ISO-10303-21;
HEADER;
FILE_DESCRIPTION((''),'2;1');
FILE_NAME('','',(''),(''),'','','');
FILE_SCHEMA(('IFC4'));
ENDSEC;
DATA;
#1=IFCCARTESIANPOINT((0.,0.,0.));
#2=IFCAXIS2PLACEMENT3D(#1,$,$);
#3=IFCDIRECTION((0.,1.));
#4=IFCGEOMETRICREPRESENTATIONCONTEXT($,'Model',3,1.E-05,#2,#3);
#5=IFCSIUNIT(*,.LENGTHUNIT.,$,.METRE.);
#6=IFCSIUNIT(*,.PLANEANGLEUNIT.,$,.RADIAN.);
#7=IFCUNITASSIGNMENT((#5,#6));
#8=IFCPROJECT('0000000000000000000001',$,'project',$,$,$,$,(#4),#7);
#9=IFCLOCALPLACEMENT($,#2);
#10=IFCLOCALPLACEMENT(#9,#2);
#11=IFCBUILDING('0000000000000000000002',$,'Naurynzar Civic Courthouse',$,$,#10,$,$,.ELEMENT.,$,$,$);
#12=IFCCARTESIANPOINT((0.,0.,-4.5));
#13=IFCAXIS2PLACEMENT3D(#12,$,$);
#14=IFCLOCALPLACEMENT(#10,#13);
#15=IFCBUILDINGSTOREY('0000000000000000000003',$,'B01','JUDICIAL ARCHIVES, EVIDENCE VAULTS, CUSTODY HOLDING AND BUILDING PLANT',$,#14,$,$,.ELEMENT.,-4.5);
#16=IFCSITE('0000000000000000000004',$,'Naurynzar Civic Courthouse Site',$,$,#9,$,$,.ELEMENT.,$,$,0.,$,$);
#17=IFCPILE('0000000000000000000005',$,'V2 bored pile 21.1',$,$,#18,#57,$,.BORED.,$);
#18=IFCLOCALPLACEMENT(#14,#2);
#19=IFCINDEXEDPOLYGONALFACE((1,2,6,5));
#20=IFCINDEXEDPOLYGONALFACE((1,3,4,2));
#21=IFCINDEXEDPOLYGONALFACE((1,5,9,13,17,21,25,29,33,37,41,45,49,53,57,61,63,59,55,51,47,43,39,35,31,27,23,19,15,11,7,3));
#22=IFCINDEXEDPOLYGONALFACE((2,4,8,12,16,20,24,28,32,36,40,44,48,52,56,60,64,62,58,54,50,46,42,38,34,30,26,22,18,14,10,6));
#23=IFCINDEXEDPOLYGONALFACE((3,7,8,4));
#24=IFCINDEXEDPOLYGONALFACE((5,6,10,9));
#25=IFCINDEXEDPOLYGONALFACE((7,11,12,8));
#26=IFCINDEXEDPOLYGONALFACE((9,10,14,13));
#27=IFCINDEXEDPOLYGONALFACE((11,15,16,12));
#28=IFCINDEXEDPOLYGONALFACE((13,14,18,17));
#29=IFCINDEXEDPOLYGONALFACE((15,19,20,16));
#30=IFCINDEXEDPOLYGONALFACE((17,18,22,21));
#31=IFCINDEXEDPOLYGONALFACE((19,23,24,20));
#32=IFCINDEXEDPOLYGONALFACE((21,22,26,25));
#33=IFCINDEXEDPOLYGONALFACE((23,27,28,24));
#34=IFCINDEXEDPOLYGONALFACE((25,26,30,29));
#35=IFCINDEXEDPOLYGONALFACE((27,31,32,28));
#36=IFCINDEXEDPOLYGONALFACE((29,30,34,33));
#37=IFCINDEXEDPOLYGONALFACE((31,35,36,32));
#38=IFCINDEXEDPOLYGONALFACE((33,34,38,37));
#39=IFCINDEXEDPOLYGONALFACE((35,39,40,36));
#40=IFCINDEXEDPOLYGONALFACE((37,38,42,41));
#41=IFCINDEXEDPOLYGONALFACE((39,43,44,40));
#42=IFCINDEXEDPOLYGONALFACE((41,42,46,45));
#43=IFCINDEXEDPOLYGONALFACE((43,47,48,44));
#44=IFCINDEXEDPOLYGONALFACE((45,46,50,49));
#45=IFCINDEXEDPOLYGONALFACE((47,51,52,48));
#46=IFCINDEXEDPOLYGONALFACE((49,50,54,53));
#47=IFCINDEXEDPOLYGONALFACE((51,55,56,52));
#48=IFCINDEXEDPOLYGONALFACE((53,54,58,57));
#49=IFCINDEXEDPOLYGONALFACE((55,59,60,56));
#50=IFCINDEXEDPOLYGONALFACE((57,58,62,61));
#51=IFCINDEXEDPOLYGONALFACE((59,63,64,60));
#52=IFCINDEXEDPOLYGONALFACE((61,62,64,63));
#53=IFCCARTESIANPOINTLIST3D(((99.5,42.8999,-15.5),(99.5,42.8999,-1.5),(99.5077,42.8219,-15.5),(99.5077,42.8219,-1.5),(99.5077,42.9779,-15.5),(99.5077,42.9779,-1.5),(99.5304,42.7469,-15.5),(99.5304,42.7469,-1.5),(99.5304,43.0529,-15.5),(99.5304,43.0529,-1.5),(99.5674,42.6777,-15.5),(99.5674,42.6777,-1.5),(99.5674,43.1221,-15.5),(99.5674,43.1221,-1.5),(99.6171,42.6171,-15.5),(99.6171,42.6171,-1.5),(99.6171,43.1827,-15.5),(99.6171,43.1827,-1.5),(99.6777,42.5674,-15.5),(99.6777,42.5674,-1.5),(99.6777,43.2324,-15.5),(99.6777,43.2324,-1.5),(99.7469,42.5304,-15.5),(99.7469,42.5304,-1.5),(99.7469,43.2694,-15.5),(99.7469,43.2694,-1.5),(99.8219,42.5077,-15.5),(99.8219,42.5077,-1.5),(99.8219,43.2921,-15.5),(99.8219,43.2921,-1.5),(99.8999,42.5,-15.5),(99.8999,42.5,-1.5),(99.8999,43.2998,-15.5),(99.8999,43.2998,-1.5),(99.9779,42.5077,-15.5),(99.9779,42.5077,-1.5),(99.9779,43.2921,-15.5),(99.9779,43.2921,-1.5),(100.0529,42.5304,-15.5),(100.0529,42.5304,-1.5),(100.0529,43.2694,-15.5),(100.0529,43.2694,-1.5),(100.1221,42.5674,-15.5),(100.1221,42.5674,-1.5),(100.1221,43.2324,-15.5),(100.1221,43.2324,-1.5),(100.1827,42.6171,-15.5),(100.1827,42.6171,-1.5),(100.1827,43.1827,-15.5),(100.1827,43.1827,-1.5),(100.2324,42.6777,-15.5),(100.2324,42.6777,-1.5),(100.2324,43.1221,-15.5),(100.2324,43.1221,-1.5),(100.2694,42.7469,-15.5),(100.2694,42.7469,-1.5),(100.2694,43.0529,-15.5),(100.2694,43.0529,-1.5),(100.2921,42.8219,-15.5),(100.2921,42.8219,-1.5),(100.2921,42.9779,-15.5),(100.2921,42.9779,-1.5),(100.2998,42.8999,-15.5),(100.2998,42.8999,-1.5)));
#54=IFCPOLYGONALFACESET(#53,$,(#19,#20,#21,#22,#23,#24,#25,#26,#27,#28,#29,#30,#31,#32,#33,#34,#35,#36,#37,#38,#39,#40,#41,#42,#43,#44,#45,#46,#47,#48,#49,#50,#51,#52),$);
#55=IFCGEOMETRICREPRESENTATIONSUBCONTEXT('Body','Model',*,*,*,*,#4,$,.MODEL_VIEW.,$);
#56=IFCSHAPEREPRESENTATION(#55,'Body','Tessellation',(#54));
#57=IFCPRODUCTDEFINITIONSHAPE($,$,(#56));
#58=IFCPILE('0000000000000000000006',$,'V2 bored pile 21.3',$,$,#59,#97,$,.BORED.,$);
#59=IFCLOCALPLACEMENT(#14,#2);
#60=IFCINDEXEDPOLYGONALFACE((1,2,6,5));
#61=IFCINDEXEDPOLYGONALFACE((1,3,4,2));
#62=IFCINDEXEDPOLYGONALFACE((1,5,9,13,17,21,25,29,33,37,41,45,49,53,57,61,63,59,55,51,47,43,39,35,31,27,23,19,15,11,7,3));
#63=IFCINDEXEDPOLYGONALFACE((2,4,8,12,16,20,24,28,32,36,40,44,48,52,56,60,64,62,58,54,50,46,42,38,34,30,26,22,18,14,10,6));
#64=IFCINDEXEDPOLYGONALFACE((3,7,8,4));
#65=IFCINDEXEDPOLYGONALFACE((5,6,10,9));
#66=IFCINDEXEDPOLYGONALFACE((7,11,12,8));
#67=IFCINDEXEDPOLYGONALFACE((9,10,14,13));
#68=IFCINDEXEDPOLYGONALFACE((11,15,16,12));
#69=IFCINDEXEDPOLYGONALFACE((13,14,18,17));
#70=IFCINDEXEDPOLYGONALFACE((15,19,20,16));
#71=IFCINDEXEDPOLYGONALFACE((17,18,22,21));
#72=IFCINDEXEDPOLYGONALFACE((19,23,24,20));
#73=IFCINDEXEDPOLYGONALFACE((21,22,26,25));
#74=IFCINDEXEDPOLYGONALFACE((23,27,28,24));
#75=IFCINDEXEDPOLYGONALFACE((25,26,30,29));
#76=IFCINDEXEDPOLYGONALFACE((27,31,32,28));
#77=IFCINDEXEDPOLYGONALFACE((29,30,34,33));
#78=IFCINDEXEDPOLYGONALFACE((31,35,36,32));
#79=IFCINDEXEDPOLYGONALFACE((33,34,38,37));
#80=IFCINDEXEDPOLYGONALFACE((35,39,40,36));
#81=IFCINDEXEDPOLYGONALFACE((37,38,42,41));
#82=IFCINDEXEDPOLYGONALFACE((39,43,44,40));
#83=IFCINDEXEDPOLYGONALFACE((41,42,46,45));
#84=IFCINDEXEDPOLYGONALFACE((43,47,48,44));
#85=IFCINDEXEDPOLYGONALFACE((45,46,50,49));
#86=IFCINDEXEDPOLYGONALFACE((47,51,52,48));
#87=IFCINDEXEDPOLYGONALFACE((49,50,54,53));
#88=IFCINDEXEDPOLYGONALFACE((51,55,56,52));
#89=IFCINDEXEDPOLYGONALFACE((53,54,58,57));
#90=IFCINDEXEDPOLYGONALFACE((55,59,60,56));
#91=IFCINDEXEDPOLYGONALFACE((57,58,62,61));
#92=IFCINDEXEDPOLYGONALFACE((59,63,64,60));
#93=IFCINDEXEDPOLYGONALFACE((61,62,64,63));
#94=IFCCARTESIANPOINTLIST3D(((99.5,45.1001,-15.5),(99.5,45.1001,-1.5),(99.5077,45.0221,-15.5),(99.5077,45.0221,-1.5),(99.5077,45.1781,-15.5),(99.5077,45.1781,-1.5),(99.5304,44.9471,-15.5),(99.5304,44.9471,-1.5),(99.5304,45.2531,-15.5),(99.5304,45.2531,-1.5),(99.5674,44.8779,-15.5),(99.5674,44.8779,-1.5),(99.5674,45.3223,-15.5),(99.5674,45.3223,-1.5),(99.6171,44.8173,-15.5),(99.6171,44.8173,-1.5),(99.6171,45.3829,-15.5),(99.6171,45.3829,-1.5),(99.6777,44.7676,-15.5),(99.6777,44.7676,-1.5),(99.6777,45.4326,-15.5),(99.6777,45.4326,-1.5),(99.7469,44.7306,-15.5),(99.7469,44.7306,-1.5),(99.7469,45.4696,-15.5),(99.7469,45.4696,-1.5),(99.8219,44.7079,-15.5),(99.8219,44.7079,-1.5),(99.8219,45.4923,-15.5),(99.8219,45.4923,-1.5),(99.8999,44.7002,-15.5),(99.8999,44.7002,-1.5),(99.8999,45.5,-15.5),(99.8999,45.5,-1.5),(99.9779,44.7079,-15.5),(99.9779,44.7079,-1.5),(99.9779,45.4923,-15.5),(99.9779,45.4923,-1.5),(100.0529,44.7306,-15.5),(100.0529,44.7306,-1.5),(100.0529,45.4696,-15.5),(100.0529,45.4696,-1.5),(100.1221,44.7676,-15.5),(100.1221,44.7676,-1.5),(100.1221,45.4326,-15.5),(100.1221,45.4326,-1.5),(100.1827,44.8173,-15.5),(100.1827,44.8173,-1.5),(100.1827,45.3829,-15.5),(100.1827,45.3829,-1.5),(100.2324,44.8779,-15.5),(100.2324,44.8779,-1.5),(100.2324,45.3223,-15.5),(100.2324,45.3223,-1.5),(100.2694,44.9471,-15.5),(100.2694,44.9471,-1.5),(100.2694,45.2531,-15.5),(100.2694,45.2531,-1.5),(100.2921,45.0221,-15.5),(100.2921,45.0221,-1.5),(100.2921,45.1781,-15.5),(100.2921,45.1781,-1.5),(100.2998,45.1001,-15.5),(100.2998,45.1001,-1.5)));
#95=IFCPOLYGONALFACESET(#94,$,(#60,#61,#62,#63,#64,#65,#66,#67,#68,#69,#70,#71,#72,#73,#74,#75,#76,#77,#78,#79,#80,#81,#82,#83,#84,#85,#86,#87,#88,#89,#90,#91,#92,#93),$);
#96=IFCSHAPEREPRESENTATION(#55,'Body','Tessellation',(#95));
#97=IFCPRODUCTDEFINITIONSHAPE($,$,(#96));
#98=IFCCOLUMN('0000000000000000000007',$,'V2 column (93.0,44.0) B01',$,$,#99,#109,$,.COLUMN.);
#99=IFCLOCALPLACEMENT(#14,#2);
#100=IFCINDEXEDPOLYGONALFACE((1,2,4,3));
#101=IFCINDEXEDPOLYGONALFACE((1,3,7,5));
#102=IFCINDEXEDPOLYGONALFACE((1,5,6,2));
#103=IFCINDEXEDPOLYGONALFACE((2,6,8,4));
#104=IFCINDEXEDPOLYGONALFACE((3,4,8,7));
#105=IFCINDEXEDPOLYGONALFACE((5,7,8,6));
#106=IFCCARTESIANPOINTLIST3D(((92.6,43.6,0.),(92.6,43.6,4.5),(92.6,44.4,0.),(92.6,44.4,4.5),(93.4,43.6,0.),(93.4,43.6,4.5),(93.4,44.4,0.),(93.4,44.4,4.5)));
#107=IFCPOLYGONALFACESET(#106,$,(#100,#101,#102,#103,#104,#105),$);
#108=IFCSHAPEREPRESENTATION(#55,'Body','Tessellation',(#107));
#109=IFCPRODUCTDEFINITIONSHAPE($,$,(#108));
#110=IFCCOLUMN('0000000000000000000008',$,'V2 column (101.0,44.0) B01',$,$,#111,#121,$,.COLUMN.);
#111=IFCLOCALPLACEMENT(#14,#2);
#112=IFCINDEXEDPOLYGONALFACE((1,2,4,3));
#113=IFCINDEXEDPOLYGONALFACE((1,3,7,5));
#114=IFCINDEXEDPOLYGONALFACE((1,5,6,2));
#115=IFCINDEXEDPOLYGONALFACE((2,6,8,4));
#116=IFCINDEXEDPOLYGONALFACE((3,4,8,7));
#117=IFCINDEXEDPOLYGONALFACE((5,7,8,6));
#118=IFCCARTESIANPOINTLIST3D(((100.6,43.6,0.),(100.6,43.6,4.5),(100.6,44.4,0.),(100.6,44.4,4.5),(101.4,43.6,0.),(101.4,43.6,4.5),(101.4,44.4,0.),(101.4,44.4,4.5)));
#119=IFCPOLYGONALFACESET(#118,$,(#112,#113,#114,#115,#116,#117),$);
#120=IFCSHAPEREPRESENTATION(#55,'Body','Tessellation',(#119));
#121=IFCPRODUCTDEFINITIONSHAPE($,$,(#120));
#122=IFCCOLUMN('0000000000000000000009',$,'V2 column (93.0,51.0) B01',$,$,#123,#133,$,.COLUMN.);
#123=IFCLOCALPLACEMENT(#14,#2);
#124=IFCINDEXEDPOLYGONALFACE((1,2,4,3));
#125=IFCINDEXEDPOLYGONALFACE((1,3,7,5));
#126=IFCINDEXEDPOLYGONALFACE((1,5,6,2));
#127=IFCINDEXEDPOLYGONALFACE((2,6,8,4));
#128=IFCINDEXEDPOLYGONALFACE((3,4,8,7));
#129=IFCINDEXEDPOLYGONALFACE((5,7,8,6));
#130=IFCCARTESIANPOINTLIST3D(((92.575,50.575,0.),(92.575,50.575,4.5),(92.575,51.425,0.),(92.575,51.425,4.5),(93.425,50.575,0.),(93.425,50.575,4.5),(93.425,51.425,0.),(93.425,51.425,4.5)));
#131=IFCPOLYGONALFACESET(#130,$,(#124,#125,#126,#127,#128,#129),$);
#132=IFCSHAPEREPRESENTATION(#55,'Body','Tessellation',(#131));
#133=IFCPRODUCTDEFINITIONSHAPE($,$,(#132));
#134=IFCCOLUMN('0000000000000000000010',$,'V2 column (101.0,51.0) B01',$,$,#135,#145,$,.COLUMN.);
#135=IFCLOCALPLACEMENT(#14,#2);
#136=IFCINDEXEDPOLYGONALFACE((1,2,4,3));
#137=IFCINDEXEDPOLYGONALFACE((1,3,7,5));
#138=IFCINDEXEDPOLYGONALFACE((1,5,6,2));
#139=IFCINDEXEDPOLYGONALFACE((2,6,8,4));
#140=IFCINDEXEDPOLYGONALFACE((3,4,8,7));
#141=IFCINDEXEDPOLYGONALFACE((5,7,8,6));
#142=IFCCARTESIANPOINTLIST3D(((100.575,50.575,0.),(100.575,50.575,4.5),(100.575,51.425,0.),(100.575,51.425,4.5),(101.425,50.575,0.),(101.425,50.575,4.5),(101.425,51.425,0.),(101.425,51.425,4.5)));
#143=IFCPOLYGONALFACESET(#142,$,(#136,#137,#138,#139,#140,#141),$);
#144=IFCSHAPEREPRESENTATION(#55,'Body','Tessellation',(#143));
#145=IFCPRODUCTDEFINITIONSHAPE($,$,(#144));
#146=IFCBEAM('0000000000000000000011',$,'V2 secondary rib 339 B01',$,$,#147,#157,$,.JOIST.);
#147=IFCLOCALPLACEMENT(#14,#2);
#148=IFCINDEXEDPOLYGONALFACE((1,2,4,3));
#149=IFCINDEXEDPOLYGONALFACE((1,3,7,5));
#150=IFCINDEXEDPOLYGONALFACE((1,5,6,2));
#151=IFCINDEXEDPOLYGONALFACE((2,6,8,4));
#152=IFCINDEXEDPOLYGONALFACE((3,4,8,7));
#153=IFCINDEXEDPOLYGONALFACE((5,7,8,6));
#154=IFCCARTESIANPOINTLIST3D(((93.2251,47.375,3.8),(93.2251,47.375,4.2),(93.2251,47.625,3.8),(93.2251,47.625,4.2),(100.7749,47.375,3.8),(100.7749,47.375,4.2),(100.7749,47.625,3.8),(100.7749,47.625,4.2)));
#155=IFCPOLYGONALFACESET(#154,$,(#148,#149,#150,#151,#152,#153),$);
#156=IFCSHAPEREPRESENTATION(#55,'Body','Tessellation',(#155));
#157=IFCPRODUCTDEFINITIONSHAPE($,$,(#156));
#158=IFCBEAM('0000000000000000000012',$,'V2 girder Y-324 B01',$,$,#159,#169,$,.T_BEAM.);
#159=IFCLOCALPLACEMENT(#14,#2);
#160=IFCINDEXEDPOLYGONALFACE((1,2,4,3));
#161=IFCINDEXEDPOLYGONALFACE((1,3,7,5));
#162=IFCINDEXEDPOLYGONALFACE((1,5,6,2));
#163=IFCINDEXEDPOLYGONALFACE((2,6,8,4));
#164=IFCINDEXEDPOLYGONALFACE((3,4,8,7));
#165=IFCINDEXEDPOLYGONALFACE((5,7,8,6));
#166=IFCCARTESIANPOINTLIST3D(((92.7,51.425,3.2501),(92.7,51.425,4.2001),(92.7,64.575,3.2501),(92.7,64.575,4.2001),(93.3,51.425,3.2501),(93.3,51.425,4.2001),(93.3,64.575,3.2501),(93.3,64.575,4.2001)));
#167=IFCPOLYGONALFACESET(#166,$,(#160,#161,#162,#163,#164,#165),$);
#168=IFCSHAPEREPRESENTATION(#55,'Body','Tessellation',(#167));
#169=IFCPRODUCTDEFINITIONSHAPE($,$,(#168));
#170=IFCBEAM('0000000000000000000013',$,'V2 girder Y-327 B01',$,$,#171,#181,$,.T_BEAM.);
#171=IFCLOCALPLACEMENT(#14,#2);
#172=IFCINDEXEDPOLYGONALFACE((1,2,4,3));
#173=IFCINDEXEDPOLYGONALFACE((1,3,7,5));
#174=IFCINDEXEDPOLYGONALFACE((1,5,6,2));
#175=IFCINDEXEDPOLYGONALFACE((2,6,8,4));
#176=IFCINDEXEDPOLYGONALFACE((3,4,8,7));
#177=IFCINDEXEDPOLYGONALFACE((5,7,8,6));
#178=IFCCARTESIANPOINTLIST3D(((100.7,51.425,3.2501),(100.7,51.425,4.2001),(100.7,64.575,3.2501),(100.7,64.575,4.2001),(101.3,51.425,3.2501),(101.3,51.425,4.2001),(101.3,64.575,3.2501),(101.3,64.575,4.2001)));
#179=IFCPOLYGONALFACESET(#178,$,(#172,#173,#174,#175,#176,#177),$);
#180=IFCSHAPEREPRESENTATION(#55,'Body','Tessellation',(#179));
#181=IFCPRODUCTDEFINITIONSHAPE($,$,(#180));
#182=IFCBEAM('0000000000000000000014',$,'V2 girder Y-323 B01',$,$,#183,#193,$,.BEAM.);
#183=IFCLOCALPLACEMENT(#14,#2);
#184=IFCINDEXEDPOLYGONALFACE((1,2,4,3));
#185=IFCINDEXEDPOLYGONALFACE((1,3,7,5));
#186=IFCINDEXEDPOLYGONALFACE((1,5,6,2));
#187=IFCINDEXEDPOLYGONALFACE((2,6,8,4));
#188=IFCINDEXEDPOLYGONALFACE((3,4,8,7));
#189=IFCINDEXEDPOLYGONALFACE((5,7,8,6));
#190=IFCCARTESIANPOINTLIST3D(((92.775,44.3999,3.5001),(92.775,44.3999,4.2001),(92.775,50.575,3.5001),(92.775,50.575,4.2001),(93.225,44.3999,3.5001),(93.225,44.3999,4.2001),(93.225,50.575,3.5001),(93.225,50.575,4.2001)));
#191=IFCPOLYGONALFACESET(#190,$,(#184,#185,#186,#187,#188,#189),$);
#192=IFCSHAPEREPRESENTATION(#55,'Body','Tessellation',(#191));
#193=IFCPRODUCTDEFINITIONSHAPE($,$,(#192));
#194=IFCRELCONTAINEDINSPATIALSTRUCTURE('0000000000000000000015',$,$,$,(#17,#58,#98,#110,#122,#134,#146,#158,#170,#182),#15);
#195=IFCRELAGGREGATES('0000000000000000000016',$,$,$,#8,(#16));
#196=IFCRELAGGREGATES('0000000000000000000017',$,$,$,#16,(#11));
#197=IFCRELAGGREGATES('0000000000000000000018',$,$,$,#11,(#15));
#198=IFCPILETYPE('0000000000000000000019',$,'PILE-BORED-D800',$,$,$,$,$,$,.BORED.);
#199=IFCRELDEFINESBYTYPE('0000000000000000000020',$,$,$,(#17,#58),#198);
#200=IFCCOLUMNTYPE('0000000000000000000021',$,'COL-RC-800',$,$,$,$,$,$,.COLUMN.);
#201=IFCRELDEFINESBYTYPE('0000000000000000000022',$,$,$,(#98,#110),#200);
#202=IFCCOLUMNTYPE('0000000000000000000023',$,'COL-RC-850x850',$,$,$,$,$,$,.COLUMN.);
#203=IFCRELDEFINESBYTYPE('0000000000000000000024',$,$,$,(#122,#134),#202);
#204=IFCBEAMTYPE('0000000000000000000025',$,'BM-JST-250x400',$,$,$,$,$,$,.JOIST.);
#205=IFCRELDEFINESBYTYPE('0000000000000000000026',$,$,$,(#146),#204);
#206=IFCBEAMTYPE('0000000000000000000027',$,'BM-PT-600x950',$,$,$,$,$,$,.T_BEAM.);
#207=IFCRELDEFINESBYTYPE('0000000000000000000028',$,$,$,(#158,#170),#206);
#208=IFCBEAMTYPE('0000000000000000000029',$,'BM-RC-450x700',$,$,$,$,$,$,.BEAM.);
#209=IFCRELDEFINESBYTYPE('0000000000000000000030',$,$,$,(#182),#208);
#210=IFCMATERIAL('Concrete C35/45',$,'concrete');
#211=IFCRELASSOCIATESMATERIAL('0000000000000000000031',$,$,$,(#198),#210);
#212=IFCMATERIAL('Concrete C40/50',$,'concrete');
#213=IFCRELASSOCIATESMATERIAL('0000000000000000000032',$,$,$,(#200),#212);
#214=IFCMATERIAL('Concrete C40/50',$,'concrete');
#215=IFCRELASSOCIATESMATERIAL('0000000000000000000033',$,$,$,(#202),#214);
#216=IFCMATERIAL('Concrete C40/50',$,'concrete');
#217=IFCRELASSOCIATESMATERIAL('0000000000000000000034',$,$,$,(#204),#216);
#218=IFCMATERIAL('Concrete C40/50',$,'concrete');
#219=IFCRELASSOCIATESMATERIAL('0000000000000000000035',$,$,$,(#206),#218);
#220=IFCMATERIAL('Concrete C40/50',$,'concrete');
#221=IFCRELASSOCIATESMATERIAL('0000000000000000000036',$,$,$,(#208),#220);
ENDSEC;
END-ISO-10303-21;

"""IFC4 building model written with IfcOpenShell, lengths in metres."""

from ifc_helpers import new_model, si_unit, direction, frame, origin, origin_2d, place, context, subcontext, project, spatial, rectangle, circle, extrude, material, material_profile, profile_set, type_object, element, save


model = new_model("IFC4")

# Units and contexts
model_context = context("Model", 3, precision=1e-05, world=origin(), true_north=direction((0.0, 1.0)))
body_context = subcontext(model_context, "Body", "Model", "MODEL_VIEW")
ifc_project = project(units=[si_unit("LENGTHUNIT", "METRE"), si_unit("PLANEANGLEUNIT", "RADIAN")], contexts=[model_context])

# Site, building, storey
site_placement = place(None, origin())
site = spatial("IfcSite", under=ifc_project, at=site_placement, Name="Naurynzar Civic Courthouse Site", CompositionType="ELEMENT", RefElevation=0.0)
building_placement = place(site_placement, origin())
building = spatial("IfcBuilding", under=site, at=building_placement, Name="Naurynzar Civic Courthouse", CompositionType="ELEMENT")
storey_placement = place(building_placement, frame((0.0, 0.0, -4.5)))
storey = spatial("IfcBuildingStorey", under=building, at=storey_placement, Name="B01", Description="JUDICIAL ARCHIVES, EVIDENCE VAULTS, CUSTODY HOLDING AND BUILDING PLANT", CompositionType="ELEMENT", Elevation=-4.5)

# Piles
ifc_material_1 = material(Name="Concrete C35/45", Category="concrete")
ifc_material_profile_1 = material_profile(ifc_material_1, circle(Radius=0.3999, at=origin_2d()), Name="PILE D800")
ifc_profile_set_1 = profile_set([ifc_material_profile_1], Name="Concrete C35/45")
pile_type_1 = type_object("IfcPileType", Name="PILE-BORED-D800", PredefinedType="BORED", material=ifc_profile_set_1)
for number, where, z_axis, x_axis, name in (
    (1, (99.8999, 42.8999, -1.5), (0.0, 0.0, -1.0), (1.0, 0.0, 0.0), "V2 bored pile 21.1"),
    (2, (99.8999, 45.1001, -1.5), (0.0, 0.0, -1.0), (1.0, 0.0, 0.0), "V2 bored pile 21.3"),
):
    element("IfcPile", number, at=place(storey_placement, frame(where, z_axis=z_axis, x_axis=x_axis)), inside=storey, type_object=pile_type_1, Name=name, PredefinedType="BORED", context=body_context, shape_type="SweptSolid", body=[
        extrude(circle(Radius=0.3999, at=origin_2d()), origin(), (0.0, 0.0, 1.0), 14.0),
    ])

# Columns
ifc_material_2 = material(Name="Concrete C40/50", Category="concrete")
ifc_material_profile_2 = material_profile(ifc_material_2, rectangle(XDim=0.8, YDim=0.8, at=origin_2d()), Name="RC 800x800")
ifc_profile_set_2 = profile_set([ifc_material_profile_2], Name="Concrete C40/50")
column_type_1 = type_object("IfcColumnType", Name="COL-RC-800", PredefinedType="COLUMN", material=ifc_profile_set_2)
for number, where, z_axis, x_axis, name in (
    (3, (93.0, 44.0, 0.0), (0.0, 0.0, 1.0), (1.0, 0.0, 0.0), "V2 column (93.0,44.0) B01"),
    (4, (101.0, 44.0, 0.0), (0.0, 0.0, 1.0), (1.0, 0.0, 0.0), "V2 column (101.0,44.0) B01"),
):
    element("IfcColumn", number, at=place(storey_placement, frame(where, z_axis=z_axis, x_axis=x_axis)), inside=storey, type_object=column_type_1, Name=name, PredefinedType="COLUMN", context=body_context, shape_type="SweptSolid", body=[
        extrude(rectangle(XDim=0.8, YDim=0.8, at=origin_2d()), origin(), (0.0, 0.0, 1.0), 4.5),
    ])
ifc_material_3 = material(Name="Concrete C40/50", Category="concrete")
ifc_material_profile_3 = material_profile(ifc_material_3, rectangle(XDim=0.8501, YDim=0.8501, at=origin_2d()), Name="RC 850x850")
ifc_profile_set_3 = profile_set([ifc_material_profile_3], Name="Concrete C40/50")
column_type_2 = type_object("IfcColumnType", Name="COL-RC-850x850", PredefinedType="COLUMN", material=ifc_profile_set_3)
for number, where, z_axis, x_axis, name in (
    (5, (93.0, 51.0, 0.0), (0.0, 0.0, 1.0), (1.0, 0.0, 0.0), "V2 column (93.0,51.0) B01"),
    (6, (101.0, 51.0, 0.0), (0.0, 0.0, 1.0), (1.0, 0.0, 0.0), "V2 column (101.0,51.0) B01"),
):
    element("IfcColumn", number, at=place(storey_placement, frame(where, z_axis=z_axis, x_axis=x_axis)), inside=storey, type_object=column_type_2, Name=name, PredefinedType="COLUMN", context=body_context, shape_type="SweptSolid", body=[
        extrude(rectangle(XDim=0.8501, YDim=0.8501, at=origin_2d()), origin(), (0.0, 0.0, 1.0), 4.5),
    ])

# Beams
ifc_material_4 = material(Name="Concrete C40/50", Category="concrete")
ifc_material_profile_4 = material_profile(ifc_material_4, rectangle(XDim=0.25, YDim=0.3999, at=origin_2d()), Name="RCB 250x400")
ifc_profile_set_4 = profile_set([ifc_material_profile_4], Name="Concrete C40/50")
beam_type_1 = type_object("IfcBeamType", Name="BM-JST-250x400", PredefinedType="JOIST", material=ifc_profile_set_4)
beam_placement = place(storey_placement, frame((93.2251, 47.5, 4.0), z_axis=(1.0, 0.0, 0.0), x_axis=(0.0, 1.0, 0.0)))
element("IfcBeam", 7, at=beam_placement, inside=storey, type_object=beam_type_1, Name="V2 secondary rib 339 B01", PredefinedType="JOIST", context=body_context, shape_type="SweptSolid", body=[
    extrude(rectangle(XDim=0.25, YDim=0.3999, at=origin_2d()), origin(), (0.0, 0.0, 1.0), 7.5498),
])
ifc_material_5 = material(Name="Concrete C40/50", Category="concrete")
ifc_material_profile_5 = material_profile(ifc_material_5, rectangle(XDim=0.6001, YDim=0.95, at=origin_2d()), Name="PTB 600x950")
ifc_profile_set_5 = profile_set([ifc_material_profile_5], Name="Concrete C40/50")
beam_type_2 = type_object("IfcBeamType", Name="BM-PT-600x950", PredefinedType="T_BEAM", material=ifc_profile_set_5)
for number, where, z_axis, x_axis, name in (
    (8, (93.0, 51.425, 3.7251), (0.0, 1.0, 0.0), (-1.0, 0.0, 0.0), "V2 girder Y-324 B01"),
    (9, (101.0, 51.425, 3.7251), (0.0, 1.0, 0.0), (-1.0, 0.0, 0.0), "V2 girder Y-327 B01"),
):
    element("IfcBeam", number, at=place(storey_placement, frame(where, z_axis=z_axis, x_axis=x_axis)), inside=storey, type_object=beam_type_2, Name=name, PredefinedType="T_BEAM", context=body_context, shape_type="SweptSolid", body=[
        extrude(rectangle(XDim=0.6001, YDim=0.95, at=origin_2d()), origin(), (0.0, 0.0, 1.0), 13.1499),
    ])
ifc_material_6 = material(Name="Concrete C40/50", Category="concrete")
ifc_material_profile_6 = material_profile(ifc_material_6, rectangle(XDim=0.45, YDim=0.7, at=origin_2d()), Name="RCB 450x700")
ifc_profile_set_6 = profile_set([ifc_material_profile_6], Name="Concrete C40/50")
beam_type_3 = type_object("IfcBeamType", Name="BM-RC-450x700", PredefinedType="BEAM", material=ifc_profile_set_6)
for number, where, z_axis, x_axis, name in (
    (10, (93.0, 44.3999, 3.8501), (0.0, 1.0, 0.0), (-1.0, 0.0, 0.0), "V2 girder Y-323 B01"),
):
    element("IfcBeam", number, at=place(storey_placement, frame(where, z_axis=z_axis, x_axis=x_axis)), inside=storey, type_object=beam_type_3, Name=name, PredefinedType="BEAM", context=body_context, shape_type="SweptSolid", body=[
        extrude(rectangle(XDim=0.45, YDim=0.7, at=origin_2d()), origin(), (0.0, 0.0, 1.0), 6.175),
    ])

save(model, "model.ifc")
